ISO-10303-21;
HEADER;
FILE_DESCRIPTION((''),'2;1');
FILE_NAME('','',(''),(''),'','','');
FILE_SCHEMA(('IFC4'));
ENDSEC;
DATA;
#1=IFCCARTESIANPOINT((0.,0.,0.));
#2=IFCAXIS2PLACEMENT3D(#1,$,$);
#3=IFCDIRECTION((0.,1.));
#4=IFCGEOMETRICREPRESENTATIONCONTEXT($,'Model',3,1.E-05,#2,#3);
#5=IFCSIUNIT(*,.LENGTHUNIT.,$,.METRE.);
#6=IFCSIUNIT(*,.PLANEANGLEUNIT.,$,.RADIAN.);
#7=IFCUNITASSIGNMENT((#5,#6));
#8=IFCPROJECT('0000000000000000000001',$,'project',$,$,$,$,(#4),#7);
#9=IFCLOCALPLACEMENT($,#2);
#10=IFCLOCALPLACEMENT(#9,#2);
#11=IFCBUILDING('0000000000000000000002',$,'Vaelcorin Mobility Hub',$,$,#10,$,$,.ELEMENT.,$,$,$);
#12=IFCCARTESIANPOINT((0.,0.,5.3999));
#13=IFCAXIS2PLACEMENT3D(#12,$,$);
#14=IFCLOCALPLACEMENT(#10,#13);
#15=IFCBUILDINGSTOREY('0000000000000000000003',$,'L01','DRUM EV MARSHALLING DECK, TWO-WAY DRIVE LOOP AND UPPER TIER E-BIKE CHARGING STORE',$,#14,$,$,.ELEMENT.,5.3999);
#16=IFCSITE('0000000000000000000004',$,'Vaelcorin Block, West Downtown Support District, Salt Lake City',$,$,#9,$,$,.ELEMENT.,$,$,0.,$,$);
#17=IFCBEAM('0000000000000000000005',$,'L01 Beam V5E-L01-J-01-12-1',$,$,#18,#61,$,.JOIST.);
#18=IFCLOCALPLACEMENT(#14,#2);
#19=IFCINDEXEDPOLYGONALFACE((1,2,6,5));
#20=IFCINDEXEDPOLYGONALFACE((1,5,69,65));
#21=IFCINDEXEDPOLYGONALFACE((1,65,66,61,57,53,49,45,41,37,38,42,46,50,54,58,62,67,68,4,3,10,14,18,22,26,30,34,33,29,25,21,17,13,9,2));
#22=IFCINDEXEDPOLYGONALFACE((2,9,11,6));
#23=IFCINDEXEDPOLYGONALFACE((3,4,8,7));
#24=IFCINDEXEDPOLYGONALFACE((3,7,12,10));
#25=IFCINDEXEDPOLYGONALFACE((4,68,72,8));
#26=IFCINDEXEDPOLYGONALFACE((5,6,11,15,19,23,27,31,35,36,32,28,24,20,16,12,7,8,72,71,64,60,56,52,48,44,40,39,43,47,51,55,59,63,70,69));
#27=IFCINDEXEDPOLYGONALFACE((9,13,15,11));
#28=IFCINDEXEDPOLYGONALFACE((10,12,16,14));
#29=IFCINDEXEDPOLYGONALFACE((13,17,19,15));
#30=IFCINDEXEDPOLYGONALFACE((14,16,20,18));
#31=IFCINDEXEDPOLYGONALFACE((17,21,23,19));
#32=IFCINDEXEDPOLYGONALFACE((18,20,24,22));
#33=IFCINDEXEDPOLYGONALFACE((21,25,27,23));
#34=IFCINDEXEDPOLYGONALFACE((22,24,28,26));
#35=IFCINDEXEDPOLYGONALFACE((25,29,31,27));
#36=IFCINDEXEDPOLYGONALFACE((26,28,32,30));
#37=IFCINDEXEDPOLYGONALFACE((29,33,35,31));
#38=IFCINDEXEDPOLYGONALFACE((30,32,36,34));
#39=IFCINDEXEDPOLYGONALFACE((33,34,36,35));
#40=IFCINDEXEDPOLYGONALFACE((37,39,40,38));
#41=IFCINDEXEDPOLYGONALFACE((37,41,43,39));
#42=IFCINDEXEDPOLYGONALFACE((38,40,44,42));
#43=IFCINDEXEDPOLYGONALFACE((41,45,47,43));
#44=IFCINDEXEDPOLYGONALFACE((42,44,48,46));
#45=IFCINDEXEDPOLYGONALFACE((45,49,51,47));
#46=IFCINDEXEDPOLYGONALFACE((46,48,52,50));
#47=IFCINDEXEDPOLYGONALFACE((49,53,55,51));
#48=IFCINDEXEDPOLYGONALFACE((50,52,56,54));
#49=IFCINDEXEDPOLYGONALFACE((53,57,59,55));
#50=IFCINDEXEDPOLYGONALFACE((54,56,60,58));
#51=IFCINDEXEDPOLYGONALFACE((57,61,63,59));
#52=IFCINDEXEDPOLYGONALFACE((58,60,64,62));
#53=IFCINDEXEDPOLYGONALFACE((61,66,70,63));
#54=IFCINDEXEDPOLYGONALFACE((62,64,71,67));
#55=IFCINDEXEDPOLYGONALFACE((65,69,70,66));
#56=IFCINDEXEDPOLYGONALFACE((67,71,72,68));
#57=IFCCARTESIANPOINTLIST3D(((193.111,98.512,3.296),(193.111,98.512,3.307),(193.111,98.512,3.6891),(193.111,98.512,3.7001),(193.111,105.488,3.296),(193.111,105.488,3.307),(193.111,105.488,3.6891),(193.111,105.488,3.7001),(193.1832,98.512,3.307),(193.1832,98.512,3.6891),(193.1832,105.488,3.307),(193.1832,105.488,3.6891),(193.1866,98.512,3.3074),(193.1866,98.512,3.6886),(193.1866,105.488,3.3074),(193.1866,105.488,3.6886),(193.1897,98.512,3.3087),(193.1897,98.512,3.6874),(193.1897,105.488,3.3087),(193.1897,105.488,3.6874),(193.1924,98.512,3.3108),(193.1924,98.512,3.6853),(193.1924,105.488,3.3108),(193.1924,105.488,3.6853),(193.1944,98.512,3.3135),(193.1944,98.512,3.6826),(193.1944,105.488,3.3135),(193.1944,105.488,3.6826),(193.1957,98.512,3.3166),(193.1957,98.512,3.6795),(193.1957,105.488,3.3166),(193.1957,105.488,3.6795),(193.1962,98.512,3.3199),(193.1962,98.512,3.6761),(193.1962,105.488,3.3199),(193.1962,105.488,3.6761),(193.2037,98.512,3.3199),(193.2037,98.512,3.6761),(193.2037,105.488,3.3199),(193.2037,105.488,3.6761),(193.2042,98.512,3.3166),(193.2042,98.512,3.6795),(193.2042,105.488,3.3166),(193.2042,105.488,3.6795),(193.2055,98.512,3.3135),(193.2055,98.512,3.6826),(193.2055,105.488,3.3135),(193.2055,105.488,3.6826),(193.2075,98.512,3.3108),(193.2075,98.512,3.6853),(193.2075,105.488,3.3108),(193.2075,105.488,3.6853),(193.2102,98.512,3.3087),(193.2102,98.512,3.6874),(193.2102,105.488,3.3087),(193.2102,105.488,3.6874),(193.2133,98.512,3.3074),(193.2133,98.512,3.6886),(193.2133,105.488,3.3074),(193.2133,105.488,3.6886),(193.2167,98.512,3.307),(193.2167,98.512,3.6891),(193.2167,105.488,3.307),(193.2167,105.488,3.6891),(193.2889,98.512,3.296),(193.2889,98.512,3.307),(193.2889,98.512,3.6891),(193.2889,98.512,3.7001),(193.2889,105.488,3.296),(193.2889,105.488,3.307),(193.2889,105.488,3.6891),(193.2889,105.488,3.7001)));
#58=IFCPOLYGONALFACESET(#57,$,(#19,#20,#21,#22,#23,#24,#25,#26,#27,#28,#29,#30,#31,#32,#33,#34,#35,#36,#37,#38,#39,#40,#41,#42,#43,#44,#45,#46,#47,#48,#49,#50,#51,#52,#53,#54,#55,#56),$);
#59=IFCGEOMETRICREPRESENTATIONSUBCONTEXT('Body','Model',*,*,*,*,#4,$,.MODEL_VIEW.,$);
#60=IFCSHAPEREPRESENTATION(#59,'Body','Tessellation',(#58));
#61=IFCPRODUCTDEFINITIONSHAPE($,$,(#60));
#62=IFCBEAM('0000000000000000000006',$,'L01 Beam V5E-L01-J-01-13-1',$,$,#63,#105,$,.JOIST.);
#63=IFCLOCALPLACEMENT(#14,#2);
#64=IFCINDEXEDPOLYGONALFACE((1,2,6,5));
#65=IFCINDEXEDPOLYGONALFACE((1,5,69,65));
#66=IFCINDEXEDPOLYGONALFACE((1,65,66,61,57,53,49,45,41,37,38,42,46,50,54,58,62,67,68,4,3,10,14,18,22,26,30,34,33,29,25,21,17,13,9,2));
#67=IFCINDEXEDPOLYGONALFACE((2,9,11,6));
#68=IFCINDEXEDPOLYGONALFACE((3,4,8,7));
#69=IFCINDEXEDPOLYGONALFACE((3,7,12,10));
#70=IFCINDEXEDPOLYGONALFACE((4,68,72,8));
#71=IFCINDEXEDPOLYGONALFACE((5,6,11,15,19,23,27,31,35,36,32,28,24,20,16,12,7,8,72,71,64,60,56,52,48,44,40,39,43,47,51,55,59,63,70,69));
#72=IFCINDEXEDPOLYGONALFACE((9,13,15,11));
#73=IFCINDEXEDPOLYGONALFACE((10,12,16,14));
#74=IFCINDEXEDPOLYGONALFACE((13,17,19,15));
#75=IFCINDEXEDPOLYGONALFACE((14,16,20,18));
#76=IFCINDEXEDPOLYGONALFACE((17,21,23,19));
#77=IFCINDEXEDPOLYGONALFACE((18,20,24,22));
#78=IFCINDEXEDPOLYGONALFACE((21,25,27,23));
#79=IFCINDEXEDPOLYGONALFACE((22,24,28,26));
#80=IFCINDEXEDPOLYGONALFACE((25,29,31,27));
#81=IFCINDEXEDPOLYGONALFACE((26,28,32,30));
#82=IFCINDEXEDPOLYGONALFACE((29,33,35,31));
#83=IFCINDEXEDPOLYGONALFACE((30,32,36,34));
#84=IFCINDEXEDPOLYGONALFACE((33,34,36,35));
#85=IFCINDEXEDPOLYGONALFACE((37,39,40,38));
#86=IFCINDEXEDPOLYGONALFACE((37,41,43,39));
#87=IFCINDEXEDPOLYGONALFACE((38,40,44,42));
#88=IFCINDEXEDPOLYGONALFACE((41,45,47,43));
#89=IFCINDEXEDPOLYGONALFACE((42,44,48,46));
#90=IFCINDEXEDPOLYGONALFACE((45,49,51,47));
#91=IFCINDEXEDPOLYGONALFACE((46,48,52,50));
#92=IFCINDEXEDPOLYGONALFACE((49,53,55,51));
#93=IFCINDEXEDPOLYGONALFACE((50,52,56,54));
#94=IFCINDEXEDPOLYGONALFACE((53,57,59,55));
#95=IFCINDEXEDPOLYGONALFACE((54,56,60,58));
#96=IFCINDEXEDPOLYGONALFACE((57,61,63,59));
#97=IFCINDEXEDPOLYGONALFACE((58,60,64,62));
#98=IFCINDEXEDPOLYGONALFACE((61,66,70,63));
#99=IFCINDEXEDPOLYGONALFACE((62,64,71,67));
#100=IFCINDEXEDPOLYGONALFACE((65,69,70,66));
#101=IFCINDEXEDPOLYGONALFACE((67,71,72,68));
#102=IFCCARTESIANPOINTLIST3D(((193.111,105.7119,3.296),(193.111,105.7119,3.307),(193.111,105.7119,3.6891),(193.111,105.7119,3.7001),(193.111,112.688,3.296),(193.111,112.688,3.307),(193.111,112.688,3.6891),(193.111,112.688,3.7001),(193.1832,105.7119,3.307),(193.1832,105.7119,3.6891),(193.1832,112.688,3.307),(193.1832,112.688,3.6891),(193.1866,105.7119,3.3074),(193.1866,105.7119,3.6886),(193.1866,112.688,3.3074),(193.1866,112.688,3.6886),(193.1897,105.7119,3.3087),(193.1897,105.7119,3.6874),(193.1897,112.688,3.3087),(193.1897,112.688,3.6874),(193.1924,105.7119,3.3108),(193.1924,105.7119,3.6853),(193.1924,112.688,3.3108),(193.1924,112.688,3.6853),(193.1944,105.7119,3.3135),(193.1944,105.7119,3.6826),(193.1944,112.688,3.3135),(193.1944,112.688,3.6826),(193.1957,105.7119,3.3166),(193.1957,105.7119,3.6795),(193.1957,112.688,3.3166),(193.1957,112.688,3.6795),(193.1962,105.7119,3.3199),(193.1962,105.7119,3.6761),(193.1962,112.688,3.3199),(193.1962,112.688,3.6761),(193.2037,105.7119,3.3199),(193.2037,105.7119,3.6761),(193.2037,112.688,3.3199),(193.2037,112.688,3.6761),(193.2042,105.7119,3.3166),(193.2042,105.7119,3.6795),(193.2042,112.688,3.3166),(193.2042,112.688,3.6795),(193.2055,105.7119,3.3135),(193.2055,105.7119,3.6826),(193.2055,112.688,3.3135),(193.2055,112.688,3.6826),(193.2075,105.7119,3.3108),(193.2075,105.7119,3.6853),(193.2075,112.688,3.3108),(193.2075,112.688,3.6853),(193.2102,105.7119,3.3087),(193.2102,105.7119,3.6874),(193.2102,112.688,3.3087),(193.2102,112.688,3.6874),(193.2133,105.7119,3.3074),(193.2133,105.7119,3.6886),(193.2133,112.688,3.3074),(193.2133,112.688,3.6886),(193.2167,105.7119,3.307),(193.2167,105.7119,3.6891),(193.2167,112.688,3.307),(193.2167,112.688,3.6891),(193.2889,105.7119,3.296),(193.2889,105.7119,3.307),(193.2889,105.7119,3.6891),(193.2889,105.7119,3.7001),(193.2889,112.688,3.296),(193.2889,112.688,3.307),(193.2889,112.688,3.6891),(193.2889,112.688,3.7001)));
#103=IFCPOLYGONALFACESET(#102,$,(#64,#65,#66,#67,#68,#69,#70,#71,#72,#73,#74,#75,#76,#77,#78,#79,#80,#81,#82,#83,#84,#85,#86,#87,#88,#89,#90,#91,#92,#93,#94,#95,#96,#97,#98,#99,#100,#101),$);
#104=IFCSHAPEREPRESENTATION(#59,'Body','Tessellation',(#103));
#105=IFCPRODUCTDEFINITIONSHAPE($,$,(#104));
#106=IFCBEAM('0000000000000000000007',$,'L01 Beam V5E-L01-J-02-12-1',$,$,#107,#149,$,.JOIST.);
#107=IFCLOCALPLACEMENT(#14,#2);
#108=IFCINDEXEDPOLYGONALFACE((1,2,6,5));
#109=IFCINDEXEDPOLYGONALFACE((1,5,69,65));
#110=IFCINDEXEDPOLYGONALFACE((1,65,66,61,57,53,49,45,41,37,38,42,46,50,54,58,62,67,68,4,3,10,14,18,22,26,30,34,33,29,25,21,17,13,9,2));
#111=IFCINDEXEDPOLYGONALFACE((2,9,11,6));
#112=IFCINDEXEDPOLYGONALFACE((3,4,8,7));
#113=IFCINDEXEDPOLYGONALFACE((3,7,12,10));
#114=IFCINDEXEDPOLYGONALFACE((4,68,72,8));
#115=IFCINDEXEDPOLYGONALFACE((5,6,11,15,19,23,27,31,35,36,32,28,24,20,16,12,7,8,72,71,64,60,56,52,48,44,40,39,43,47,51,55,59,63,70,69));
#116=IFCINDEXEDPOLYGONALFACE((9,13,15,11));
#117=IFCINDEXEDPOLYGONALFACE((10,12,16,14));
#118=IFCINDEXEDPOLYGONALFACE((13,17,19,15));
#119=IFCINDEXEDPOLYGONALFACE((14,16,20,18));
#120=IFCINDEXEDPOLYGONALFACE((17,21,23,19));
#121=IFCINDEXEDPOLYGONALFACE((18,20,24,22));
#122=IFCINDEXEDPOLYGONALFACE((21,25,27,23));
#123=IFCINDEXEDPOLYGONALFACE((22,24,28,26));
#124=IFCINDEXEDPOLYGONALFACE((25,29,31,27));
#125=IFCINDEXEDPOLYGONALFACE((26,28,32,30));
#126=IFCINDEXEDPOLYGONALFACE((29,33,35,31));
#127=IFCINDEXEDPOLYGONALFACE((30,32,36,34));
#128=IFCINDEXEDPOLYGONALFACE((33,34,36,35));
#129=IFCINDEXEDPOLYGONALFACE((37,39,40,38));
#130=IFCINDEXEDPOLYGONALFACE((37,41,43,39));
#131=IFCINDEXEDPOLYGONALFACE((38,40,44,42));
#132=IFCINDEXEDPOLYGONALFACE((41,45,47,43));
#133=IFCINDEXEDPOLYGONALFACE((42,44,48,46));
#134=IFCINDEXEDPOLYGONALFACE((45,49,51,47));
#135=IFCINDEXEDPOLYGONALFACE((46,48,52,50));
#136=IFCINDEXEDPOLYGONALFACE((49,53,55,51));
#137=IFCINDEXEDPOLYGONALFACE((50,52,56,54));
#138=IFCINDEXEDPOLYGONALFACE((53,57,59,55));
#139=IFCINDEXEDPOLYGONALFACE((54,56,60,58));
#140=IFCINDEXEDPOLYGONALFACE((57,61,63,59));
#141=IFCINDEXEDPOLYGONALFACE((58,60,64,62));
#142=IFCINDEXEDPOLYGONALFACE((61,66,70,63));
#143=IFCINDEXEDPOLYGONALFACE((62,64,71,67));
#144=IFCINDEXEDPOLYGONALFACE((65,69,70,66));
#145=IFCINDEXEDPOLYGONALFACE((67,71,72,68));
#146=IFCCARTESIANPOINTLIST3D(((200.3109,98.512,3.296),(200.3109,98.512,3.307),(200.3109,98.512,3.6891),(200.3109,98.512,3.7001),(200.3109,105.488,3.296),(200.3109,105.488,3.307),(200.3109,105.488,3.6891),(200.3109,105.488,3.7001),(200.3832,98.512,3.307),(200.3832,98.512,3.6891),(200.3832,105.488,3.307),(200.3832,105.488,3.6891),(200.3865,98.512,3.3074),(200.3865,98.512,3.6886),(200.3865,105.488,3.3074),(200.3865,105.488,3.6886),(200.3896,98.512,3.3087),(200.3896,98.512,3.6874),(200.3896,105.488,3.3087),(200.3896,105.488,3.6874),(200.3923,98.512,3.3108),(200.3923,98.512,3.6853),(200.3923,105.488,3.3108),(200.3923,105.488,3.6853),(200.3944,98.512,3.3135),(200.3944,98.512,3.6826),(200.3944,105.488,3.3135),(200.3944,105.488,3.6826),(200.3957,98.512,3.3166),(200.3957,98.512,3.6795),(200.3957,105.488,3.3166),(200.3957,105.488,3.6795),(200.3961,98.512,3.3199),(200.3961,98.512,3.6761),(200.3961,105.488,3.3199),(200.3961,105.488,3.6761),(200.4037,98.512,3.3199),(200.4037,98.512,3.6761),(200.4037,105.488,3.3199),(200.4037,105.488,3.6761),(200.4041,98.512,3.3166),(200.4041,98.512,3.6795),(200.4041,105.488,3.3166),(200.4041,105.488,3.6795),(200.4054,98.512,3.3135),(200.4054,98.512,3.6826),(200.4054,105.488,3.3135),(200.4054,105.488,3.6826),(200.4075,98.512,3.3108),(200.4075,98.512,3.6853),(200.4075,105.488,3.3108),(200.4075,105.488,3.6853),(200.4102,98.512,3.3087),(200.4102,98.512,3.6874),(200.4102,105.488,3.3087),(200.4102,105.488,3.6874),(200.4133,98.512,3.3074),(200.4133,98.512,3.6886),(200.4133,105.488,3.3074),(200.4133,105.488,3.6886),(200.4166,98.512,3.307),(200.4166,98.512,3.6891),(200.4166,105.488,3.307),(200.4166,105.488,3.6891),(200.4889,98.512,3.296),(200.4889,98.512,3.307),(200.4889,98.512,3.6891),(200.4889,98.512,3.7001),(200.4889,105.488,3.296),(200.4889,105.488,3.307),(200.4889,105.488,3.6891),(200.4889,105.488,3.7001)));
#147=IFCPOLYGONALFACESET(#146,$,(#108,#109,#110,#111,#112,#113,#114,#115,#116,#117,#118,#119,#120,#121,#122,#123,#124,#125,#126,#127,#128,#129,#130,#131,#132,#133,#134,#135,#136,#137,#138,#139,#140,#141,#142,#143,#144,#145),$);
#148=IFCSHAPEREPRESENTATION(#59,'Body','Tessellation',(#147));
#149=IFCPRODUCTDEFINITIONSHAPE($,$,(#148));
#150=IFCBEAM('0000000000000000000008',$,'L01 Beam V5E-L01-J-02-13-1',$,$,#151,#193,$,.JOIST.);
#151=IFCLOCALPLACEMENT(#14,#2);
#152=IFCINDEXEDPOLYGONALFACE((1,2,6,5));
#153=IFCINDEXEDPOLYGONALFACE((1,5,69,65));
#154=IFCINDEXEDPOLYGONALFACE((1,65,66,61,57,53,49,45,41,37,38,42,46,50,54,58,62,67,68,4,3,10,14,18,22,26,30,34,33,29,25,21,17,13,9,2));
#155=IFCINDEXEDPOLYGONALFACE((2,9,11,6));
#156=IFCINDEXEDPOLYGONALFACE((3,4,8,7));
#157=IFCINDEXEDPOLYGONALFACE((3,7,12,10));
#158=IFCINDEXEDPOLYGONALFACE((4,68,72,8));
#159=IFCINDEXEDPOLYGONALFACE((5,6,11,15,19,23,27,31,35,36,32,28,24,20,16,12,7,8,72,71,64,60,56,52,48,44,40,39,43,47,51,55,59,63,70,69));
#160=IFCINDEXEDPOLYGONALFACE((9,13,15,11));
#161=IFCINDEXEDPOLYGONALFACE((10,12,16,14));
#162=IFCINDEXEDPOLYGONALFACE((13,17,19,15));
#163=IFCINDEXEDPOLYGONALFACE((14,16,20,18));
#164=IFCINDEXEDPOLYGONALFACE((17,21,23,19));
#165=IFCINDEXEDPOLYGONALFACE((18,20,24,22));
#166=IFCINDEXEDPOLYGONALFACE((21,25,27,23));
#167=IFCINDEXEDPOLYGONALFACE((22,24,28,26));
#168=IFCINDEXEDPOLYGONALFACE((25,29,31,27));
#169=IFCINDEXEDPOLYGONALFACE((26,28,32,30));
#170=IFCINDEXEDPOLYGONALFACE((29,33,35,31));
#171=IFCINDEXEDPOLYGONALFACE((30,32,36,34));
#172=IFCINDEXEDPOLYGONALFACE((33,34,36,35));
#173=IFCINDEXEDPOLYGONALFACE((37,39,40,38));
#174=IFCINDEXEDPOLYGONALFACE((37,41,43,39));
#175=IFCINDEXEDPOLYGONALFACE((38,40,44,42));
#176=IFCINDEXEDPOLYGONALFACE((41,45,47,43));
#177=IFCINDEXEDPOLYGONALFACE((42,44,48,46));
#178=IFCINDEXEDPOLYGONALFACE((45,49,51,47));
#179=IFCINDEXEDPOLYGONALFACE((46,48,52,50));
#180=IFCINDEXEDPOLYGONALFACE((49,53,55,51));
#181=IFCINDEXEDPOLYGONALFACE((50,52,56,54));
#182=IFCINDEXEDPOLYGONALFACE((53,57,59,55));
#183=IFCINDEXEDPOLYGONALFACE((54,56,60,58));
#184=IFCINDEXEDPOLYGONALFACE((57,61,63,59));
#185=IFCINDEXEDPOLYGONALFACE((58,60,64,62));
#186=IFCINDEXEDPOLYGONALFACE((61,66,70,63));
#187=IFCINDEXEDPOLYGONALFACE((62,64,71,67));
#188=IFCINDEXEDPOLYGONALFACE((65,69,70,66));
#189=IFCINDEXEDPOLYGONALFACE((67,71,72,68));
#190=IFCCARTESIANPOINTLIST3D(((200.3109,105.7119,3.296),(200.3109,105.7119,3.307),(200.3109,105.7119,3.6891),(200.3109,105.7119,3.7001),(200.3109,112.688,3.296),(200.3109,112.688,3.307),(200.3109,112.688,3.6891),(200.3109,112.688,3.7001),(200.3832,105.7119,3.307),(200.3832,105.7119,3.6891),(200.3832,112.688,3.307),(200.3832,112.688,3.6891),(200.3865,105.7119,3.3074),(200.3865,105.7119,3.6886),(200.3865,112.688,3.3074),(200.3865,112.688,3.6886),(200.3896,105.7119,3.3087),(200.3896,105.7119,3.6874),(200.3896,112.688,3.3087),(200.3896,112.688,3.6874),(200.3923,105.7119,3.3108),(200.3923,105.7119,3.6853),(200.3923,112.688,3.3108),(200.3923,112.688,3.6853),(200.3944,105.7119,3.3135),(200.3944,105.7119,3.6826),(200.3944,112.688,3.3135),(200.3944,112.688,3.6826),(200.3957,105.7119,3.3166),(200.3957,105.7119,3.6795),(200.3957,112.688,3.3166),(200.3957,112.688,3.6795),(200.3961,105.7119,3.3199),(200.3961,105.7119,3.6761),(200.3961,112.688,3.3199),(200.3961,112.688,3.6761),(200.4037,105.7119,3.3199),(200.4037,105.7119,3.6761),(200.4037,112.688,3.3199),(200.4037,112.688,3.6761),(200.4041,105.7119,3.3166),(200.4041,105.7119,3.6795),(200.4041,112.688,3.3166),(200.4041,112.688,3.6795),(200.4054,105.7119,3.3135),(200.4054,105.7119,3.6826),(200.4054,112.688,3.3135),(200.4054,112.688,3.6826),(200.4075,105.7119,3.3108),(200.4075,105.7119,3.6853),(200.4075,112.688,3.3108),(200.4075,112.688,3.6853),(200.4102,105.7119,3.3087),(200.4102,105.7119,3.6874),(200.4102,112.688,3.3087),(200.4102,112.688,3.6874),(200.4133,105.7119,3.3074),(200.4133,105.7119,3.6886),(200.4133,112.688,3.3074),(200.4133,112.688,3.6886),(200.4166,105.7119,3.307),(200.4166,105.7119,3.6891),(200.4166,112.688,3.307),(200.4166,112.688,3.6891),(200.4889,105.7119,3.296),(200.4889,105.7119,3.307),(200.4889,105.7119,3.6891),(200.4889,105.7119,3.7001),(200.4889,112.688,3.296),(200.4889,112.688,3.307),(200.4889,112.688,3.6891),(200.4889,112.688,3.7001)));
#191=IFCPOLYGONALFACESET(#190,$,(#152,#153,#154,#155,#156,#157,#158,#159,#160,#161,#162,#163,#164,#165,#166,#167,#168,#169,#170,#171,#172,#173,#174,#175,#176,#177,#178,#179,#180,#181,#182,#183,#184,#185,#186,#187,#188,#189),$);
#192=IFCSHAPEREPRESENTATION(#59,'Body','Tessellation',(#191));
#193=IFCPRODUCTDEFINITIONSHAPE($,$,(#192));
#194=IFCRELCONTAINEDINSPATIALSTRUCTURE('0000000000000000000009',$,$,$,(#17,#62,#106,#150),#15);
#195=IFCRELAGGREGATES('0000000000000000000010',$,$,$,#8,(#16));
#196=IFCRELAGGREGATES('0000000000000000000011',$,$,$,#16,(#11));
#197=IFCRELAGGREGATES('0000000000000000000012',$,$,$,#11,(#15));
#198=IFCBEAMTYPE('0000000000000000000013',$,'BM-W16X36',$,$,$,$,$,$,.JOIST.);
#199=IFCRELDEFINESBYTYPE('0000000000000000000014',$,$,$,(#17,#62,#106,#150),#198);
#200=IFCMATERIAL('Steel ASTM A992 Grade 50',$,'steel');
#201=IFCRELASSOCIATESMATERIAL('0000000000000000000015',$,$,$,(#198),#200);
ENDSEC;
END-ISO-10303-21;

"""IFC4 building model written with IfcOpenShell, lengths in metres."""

from ifc_helpers import new_model, si_unit, direction, frame, origin, origin_2d, place, context, subcontext, project, spatial, i_section, extrude, material, material_profile, profile_set, type_object, element, save


model = new_model("IFC4")

# Units and contexts
model_context = context("Model", 3, precision=1e-05, world=origin(), true_north=direction((0.0, 1.0)))
body_context = subcontext(model_context, "Body", "Model", "MODEL_VIEW")
ifc_project = project(units=[si_unit("LENGTHUNIT", "METRE"), si_unit("PLANEANGLEUNIT", "RADIAN")], contexts=[model_context])

# Site, building, storey
site_placement = place(None, origin())
site = spatial("IfcSite", under=ifc_project, at=site_placement, Name="Vaelcorin Block, West Downtown Support District, Salt Lake City", CompositionType="ELEMENT", RefElevation=0.0)
building_placement = place(site_placement, origin())
building = spatial("IfcBuilding", under=site, at=building_placement, Name="Vaelcorin Mobility Hub", CompositionType="ELEMENT")
storey_placement = place(building_placement, frame((0.0, 0.0, 5.3999)))
storey = spatial("IfcBuildingStorey", under=building, at=storey_placement, Name="L01", Description="DRUM EV MARSHALLING DECK, TWO-WAY DRIVE LOOP AND UPPER TIER E-BIKE CHARGING STORE", CompositionType="ELEMENT", Elevation=5.3999)

# Shared definitions
ifc_material_1 = material(Name="Steel ASTM A992 Grade 50", Category="steel")

# Beams
ifc_material_profile_1 = material_profile(ifc_material_1, i_section(OverallWidth=0.178, OverallDepth=0.4041, WebThickness=0.0076, FlangeThickness=0.011, FilletRadius=0.0129, at=origin_2d()), Name="W16X36")
ifc_profile_set_1 = profile_set([ifc_material_profile_1], Name="Steel ASTM A992 Grade 50")
beam_type_1 = type_object("IfcBeamType", Name="BM-W16X36", PredefinedType="JOIST", material=ifc_profile_set_1)
for number, where, z_axis, x_axis, name in (
    (1, (193.2, 98.512, 3.498), (0.0, 1.0, 0.0), (-1.0, 0.0, 0.0), "L01 Beam V5E-L01-J-01-12-1"),
    (2, (193.2, 105.7119, 3.498), (0.0, 1.0, 0.0), (-1.0, 0.0, 0.0), "L01 Beam V5E-L01-J-01-13-1"),
    (3, (200.3999, 98.512, 3.498), (0.0, 1.0, 0.0), (-1.0, 0.0, 0.0), "L01 Beam V5E-L01-J-02-12-1"),
    (4, (200.3999, 105.7119, 3.498), (0.0, 1.0, 0.0), (-1.0, 0.0, 0.0), "L01 Beam V5E-L01-J-02-13-1"),
):
    element("IfcBeam", number, at=place(storey_placement, frame(where, z_axis=z_axis, x_axis=x_axis)), inside=storey, type_object=beam_type_1, Name=name, PredefinedType="JOIST", context=body_context, shape_type="SweptSolid", body=[
        extrude(i_section(OverallWidth=0.178, OverallDepth=0.4041, WebThickness=0.0076, FlangeThickness=0.011, FilletRadius=0.0129, at=origin_2d()), origin(), (0.0, 0.0, 1.0), 6.9761),
    ])

save(model, "model.ifc")
